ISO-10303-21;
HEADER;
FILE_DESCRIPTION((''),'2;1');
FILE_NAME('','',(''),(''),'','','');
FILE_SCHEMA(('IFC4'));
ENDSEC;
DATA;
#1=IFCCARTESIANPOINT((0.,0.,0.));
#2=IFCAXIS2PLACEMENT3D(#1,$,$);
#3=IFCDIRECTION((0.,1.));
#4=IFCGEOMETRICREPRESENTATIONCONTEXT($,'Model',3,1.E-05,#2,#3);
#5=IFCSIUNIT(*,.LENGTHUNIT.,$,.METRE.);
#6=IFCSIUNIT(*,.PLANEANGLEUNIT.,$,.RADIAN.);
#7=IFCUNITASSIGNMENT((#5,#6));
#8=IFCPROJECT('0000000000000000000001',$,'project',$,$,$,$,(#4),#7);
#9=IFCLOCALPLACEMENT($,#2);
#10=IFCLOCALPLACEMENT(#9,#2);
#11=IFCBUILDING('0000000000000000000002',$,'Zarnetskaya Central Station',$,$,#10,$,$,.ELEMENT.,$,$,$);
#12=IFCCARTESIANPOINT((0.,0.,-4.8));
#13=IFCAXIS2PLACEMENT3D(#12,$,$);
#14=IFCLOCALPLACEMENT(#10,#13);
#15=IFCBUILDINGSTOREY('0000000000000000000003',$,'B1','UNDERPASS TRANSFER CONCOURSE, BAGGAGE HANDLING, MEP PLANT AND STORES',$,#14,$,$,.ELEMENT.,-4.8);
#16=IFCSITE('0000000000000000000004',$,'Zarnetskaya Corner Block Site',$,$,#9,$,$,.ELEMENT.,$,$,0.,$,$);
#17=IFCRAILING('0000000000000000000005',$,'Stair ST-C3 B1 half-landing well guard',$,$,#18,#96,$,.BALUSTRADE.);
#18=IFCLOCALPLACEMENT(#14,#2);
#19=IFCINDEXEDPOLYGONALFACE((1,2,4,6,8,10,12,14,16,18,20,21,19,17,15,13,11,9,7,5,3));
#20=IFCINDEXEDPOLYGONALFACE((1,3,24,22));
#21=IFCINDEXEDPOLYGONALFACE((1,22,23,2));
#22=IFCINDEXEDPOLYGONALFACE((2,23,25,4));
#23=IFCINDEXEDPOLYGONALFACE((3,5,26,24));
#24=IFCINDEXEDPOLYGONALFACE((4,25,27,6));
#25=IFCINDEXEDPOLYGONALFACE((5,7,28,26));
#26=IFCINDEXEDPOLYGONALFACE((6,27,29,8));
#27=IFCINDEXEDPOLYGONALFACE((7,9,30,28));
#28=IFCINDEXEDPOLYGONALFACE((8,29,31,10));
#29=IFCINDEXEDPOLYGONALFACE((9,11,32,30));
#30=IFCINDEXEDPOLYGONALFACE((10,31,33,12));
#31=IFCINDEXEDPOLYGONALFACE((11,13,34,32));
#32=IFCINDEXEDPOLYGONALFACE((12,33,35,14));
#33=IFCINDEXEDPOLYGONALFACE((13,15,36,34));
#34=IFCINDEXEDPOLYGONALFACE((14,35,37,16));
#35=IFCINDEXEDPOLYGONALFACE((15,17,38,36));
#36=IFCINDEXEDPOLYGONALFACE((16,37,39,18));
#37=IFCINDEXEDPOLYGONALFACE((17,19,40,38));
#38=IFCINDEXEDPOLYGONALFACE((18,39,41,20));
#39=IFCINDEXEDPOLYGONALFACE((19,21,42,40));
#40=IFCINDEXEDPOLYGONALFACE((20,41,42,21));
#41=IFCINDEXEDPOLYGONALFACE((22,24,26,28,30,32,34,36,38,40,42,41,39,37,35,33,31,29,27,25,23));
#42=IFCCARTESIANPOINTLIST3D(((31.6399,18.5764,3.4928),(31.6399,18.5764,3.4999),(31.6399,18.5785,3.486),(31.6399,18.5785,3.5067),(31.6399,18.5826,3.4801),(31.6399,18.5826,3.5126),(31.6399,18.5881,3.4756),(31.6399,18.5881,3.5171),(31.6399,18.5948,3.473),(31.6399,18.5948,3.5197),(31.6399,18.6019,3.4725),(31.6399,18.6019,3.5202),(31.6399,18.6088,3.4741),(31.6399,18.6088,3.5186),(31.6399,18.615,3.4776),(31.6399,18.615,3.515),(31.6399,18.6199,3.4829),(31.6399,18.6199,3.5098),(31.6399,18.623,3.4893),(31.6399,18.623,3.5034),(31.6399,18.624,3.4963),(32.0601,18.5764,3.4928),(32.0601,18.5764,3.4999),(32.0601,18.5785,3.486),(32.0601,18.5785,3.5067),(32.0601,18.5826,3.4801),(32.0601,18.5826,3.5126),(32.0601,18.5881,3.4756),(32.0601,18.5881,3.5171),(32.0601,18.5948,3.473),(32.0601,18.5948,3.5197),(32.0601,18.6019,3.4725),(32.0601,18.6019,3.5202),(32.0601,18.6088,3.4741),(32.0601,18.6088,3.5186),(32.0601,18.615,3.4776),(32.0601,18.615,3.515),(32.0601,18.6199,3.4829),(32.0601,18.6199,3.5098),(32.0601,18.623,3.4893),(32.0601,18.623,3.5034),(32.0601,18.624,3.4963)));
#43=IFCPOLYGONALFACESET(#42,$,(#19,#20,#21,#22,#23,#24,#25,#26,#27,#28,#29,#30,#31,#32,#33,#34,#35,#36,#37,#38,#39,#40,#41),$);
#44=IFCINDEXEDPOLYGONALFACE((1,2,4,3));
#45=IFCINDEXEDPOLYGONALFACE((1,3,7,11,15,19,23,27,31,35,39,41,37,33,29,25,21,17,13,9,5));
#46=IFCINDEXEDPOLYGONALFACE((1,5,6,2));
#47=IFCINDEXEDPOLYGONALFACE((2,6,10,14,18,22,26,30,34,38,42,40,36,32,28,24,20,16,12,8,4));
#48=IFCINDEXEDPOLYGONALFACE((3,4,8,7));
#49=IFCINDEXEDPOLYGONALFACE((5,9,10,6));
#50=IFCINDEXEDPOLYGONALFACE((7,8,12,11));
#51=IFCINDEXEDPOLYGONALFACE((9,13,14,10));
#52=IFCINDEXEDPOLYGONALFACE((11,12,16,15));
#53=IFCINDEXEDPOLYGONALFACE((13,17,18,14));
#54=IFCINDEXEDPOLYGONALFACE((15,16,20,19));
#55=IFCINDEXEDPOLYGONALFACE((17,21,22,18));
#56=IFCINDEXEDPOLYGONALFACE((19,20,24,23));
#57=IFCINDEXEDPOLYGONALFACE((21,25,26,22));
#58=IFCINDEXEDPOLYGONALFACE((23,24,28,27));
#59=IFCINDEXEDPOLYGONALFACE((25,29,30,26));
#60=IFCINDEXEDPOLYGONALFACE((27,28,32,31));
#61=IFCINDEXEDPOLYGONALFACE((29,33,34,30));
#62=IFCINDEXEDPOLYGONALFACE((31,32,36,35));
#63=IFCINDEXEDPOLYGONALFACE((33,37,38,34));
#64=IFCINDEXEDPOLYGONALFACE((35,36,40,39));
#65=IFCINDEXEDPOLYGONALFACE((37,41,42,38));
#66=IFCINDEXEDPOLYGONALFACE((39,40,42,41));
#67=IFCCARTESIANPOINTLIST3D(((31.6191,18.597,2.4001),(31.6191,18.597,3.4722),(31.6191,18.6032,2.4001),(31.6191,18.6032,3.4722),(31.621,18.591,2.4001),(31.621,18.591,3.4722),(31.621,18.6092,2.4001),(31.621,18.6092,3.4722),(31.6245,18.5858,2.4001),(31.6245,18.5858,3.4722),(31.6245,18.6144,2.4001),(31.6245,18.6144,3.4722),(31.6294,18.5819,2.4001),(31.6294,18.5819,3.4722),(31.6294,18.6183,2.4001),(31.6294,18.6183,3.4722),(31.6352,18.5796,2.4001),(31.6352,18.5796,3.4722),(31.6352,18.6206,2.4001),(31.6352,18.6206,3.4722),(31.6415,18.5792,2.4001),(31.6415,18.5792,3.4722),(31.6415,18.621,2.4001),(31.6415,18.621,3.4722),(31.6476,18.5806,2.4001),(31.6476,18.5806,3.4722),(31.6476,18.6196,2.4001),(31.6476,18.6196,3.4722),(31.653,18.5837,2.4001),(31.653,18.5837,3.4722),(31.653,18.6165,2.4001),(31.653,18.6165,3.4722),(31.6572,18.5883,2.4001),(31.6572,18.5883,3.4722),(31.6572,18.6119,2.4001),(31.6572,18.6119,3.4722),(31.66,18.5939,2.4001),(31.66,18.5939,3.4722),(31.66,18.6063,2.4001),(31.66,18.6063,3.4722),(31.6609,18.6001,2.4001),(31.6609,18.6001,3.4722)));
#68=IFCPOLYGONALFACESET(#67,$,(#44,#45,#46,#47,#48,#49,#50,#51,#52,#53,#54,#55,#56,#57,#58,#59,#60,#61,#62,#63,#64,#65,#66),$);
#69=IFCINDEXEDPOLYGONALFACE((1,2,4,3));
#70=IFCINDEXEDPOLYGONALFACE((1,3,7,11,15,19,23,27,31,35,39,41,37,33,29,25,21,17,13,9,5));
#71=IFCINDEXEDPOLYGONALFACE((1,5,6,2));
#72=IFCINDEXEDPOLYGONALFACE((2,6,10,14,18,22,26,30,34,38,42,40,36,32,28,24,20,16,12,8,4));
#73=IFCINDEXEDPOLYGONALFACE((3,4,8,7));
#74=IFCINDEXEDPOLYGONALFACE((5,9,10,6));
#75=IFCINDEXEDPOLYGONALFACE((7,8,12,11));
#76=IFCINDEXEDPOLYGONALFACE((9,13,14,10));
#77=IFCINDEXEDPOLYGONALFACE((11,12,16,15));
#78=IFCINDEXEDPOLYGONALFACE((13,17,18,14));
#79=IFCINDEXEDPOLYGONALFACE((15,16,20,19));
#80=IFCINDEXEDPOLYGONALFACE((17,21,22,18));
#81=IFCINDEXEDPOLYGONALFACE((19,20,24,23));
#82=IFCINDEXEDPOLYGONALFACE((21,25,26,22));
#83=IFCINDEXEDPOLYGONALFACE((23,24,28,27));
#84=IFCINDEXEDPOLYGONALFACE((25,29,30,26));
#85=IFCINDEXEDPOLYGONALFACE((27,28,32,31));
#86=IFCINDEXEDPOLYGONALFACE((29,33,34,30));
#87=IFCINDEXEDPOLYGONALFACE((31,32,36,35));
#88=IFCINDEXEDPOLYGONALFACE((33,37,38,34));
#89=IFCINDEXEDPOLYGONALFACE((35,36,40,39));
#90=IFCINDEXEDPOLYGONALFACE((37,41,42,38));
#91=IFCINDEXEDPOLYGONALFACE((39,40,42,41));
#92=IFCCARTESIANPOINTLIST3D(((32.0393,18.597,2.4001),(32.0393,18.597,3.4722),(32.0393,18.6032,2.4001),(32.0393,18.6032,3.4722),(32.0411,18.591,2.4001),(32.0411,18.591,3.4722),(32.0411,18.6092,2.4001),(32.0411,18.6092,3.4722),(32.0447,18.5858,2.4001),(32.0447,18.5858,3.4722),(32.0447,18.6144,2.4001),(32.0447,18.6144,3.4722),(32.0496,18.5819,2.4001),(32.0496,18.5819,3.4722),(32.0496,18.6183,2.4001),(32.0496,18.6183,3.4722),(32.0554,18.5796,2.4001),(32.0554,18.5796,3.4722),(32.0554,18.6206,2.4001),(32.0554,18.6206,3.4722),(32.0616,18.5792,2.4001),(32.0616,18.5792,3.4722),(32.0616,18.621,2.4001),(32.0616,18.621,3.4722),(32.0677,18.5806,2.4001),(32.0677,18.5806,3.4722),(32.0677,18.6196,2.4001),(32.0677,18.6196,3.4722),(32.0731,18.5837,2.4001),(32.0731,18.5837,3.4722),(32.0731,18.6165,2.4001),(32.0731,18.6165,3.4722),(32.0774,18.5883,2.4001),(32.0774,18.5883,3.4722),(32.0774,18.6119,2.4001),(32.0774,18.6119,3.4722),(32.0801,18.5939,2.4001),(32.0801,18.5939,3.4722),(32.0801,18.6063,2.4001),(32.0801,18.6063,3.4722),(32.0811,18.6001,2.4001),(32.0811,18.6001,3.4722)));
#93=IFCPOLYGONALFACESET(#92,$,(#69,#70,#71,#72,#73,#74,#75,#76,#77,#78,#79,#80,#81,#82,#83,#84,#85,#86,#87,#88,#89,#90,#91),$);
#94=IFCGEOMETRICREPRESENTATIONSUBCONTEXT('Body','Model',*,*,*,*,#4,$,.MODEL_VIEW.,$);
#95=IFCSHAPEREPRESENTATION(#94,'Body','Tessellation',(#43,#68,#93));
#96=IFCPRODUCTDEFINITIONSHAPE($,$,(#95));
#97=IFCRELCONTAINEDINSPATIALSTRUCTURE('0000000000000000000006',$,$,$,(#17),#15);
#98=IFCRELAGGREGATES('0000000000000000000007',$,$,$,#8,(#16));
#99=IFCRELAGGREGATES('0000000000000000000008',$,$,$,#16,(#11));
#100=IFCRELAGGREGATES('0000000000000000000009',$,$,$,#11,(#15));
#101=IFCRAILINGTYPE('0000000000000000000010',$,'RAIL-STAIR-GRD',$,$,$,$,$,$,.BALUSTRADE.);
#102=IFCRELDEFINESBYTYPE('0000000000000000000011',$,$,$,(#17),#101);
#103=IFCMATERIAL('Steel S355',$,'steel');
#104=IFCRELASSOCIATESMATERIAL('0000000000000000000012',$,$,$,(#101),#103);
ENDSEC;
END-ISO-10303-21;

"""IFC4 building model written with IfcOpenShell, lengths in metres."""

from ifc_helpers import new_model, si_unit, direction, frame, origin, origin_2d, place, context, subcontext, project, spatial, circle, extrude, material, type_object, element, save


model = new_model("IFC4")

# Units and contexts
model_context = context("Model", 3, precision=1e-05, world=origin(), true_north=direction((0.0, 1.0)))
body_context = subcontext(model_context, "Body", "Model", "MODEL_VIEW")
ifc_project = project(units=[si_unit("LENGTHUNIT", "METRE"), si_unit("PLANEANGLEUNIT", "RADIAN")], contexts=[model_context])

# Site, building, storey
site_placement = place(None, origin())
site = spatial("IfcSite", under=ifc_project, at=site_placement, Name="Zarnetskaya Corner Block Site", CompositionType="ELEMENT", RefElevation=0.0)
building_placement = place(site_placement, origin())
building = spatial("IfcBuilding", under=site, at=building_placement, Name="Zarnetskaya Central Station", CompositionType="ELEMENT")
storey_placement = place(building_placement, frame((0.0, 0.0, -4.8)))
storey = spatial("IfcBuildingStorey", under=building, at=storey_placement, Name="B1", Description="UNDERPASS TRANSFER CONCOURSE, BAGGAGE HANDLING, MEP PLANT AND STORES", CompositionType="ELEMENT", Elevation=-4.8)

# Railing
ifc_material_1 = material(Name="Steel S355", Category="steel")
railing_type_1 = type_object("IfcRailingType", Name="RAIL-STAIR-GRD", PredefinedType="BALUSTRADE", material=ifc_material_1)
railing_1_placement = place(storey_placement, frame((31.6399, 18.6001, 2.4001)))
element("IfcRailing", 1, at=railing_1_placement, inside=storey, type_object=railing_type_1, Name="Stair ST-C3 B1 half-landing well guard", PredefinedType="BALUSTRADE", context=body_context, shape_type="SweptSolid", body=[
    extrude(circle(Radius=0.0239, at=origin_2d()), frame((0.0, 0.0, 1.0962), z_axis=(1.0, 0.0, 0.0), x_axis=(0.0, 1.0, 0.0)), (0.0, 0.0, 1.0), 0.4202),
    extrude(circle(Radius=0.021, at=origin_2d()), origin(), (0.0, 0.0, 1.0), 1.072),
    extrude(circle(Radius=0.021, at=origin_2d()), frame((0.4202, 0.0, 0.0)), (0.0, 0.0, 1.0), 1.072),
])

save(model, "model.ifc")
